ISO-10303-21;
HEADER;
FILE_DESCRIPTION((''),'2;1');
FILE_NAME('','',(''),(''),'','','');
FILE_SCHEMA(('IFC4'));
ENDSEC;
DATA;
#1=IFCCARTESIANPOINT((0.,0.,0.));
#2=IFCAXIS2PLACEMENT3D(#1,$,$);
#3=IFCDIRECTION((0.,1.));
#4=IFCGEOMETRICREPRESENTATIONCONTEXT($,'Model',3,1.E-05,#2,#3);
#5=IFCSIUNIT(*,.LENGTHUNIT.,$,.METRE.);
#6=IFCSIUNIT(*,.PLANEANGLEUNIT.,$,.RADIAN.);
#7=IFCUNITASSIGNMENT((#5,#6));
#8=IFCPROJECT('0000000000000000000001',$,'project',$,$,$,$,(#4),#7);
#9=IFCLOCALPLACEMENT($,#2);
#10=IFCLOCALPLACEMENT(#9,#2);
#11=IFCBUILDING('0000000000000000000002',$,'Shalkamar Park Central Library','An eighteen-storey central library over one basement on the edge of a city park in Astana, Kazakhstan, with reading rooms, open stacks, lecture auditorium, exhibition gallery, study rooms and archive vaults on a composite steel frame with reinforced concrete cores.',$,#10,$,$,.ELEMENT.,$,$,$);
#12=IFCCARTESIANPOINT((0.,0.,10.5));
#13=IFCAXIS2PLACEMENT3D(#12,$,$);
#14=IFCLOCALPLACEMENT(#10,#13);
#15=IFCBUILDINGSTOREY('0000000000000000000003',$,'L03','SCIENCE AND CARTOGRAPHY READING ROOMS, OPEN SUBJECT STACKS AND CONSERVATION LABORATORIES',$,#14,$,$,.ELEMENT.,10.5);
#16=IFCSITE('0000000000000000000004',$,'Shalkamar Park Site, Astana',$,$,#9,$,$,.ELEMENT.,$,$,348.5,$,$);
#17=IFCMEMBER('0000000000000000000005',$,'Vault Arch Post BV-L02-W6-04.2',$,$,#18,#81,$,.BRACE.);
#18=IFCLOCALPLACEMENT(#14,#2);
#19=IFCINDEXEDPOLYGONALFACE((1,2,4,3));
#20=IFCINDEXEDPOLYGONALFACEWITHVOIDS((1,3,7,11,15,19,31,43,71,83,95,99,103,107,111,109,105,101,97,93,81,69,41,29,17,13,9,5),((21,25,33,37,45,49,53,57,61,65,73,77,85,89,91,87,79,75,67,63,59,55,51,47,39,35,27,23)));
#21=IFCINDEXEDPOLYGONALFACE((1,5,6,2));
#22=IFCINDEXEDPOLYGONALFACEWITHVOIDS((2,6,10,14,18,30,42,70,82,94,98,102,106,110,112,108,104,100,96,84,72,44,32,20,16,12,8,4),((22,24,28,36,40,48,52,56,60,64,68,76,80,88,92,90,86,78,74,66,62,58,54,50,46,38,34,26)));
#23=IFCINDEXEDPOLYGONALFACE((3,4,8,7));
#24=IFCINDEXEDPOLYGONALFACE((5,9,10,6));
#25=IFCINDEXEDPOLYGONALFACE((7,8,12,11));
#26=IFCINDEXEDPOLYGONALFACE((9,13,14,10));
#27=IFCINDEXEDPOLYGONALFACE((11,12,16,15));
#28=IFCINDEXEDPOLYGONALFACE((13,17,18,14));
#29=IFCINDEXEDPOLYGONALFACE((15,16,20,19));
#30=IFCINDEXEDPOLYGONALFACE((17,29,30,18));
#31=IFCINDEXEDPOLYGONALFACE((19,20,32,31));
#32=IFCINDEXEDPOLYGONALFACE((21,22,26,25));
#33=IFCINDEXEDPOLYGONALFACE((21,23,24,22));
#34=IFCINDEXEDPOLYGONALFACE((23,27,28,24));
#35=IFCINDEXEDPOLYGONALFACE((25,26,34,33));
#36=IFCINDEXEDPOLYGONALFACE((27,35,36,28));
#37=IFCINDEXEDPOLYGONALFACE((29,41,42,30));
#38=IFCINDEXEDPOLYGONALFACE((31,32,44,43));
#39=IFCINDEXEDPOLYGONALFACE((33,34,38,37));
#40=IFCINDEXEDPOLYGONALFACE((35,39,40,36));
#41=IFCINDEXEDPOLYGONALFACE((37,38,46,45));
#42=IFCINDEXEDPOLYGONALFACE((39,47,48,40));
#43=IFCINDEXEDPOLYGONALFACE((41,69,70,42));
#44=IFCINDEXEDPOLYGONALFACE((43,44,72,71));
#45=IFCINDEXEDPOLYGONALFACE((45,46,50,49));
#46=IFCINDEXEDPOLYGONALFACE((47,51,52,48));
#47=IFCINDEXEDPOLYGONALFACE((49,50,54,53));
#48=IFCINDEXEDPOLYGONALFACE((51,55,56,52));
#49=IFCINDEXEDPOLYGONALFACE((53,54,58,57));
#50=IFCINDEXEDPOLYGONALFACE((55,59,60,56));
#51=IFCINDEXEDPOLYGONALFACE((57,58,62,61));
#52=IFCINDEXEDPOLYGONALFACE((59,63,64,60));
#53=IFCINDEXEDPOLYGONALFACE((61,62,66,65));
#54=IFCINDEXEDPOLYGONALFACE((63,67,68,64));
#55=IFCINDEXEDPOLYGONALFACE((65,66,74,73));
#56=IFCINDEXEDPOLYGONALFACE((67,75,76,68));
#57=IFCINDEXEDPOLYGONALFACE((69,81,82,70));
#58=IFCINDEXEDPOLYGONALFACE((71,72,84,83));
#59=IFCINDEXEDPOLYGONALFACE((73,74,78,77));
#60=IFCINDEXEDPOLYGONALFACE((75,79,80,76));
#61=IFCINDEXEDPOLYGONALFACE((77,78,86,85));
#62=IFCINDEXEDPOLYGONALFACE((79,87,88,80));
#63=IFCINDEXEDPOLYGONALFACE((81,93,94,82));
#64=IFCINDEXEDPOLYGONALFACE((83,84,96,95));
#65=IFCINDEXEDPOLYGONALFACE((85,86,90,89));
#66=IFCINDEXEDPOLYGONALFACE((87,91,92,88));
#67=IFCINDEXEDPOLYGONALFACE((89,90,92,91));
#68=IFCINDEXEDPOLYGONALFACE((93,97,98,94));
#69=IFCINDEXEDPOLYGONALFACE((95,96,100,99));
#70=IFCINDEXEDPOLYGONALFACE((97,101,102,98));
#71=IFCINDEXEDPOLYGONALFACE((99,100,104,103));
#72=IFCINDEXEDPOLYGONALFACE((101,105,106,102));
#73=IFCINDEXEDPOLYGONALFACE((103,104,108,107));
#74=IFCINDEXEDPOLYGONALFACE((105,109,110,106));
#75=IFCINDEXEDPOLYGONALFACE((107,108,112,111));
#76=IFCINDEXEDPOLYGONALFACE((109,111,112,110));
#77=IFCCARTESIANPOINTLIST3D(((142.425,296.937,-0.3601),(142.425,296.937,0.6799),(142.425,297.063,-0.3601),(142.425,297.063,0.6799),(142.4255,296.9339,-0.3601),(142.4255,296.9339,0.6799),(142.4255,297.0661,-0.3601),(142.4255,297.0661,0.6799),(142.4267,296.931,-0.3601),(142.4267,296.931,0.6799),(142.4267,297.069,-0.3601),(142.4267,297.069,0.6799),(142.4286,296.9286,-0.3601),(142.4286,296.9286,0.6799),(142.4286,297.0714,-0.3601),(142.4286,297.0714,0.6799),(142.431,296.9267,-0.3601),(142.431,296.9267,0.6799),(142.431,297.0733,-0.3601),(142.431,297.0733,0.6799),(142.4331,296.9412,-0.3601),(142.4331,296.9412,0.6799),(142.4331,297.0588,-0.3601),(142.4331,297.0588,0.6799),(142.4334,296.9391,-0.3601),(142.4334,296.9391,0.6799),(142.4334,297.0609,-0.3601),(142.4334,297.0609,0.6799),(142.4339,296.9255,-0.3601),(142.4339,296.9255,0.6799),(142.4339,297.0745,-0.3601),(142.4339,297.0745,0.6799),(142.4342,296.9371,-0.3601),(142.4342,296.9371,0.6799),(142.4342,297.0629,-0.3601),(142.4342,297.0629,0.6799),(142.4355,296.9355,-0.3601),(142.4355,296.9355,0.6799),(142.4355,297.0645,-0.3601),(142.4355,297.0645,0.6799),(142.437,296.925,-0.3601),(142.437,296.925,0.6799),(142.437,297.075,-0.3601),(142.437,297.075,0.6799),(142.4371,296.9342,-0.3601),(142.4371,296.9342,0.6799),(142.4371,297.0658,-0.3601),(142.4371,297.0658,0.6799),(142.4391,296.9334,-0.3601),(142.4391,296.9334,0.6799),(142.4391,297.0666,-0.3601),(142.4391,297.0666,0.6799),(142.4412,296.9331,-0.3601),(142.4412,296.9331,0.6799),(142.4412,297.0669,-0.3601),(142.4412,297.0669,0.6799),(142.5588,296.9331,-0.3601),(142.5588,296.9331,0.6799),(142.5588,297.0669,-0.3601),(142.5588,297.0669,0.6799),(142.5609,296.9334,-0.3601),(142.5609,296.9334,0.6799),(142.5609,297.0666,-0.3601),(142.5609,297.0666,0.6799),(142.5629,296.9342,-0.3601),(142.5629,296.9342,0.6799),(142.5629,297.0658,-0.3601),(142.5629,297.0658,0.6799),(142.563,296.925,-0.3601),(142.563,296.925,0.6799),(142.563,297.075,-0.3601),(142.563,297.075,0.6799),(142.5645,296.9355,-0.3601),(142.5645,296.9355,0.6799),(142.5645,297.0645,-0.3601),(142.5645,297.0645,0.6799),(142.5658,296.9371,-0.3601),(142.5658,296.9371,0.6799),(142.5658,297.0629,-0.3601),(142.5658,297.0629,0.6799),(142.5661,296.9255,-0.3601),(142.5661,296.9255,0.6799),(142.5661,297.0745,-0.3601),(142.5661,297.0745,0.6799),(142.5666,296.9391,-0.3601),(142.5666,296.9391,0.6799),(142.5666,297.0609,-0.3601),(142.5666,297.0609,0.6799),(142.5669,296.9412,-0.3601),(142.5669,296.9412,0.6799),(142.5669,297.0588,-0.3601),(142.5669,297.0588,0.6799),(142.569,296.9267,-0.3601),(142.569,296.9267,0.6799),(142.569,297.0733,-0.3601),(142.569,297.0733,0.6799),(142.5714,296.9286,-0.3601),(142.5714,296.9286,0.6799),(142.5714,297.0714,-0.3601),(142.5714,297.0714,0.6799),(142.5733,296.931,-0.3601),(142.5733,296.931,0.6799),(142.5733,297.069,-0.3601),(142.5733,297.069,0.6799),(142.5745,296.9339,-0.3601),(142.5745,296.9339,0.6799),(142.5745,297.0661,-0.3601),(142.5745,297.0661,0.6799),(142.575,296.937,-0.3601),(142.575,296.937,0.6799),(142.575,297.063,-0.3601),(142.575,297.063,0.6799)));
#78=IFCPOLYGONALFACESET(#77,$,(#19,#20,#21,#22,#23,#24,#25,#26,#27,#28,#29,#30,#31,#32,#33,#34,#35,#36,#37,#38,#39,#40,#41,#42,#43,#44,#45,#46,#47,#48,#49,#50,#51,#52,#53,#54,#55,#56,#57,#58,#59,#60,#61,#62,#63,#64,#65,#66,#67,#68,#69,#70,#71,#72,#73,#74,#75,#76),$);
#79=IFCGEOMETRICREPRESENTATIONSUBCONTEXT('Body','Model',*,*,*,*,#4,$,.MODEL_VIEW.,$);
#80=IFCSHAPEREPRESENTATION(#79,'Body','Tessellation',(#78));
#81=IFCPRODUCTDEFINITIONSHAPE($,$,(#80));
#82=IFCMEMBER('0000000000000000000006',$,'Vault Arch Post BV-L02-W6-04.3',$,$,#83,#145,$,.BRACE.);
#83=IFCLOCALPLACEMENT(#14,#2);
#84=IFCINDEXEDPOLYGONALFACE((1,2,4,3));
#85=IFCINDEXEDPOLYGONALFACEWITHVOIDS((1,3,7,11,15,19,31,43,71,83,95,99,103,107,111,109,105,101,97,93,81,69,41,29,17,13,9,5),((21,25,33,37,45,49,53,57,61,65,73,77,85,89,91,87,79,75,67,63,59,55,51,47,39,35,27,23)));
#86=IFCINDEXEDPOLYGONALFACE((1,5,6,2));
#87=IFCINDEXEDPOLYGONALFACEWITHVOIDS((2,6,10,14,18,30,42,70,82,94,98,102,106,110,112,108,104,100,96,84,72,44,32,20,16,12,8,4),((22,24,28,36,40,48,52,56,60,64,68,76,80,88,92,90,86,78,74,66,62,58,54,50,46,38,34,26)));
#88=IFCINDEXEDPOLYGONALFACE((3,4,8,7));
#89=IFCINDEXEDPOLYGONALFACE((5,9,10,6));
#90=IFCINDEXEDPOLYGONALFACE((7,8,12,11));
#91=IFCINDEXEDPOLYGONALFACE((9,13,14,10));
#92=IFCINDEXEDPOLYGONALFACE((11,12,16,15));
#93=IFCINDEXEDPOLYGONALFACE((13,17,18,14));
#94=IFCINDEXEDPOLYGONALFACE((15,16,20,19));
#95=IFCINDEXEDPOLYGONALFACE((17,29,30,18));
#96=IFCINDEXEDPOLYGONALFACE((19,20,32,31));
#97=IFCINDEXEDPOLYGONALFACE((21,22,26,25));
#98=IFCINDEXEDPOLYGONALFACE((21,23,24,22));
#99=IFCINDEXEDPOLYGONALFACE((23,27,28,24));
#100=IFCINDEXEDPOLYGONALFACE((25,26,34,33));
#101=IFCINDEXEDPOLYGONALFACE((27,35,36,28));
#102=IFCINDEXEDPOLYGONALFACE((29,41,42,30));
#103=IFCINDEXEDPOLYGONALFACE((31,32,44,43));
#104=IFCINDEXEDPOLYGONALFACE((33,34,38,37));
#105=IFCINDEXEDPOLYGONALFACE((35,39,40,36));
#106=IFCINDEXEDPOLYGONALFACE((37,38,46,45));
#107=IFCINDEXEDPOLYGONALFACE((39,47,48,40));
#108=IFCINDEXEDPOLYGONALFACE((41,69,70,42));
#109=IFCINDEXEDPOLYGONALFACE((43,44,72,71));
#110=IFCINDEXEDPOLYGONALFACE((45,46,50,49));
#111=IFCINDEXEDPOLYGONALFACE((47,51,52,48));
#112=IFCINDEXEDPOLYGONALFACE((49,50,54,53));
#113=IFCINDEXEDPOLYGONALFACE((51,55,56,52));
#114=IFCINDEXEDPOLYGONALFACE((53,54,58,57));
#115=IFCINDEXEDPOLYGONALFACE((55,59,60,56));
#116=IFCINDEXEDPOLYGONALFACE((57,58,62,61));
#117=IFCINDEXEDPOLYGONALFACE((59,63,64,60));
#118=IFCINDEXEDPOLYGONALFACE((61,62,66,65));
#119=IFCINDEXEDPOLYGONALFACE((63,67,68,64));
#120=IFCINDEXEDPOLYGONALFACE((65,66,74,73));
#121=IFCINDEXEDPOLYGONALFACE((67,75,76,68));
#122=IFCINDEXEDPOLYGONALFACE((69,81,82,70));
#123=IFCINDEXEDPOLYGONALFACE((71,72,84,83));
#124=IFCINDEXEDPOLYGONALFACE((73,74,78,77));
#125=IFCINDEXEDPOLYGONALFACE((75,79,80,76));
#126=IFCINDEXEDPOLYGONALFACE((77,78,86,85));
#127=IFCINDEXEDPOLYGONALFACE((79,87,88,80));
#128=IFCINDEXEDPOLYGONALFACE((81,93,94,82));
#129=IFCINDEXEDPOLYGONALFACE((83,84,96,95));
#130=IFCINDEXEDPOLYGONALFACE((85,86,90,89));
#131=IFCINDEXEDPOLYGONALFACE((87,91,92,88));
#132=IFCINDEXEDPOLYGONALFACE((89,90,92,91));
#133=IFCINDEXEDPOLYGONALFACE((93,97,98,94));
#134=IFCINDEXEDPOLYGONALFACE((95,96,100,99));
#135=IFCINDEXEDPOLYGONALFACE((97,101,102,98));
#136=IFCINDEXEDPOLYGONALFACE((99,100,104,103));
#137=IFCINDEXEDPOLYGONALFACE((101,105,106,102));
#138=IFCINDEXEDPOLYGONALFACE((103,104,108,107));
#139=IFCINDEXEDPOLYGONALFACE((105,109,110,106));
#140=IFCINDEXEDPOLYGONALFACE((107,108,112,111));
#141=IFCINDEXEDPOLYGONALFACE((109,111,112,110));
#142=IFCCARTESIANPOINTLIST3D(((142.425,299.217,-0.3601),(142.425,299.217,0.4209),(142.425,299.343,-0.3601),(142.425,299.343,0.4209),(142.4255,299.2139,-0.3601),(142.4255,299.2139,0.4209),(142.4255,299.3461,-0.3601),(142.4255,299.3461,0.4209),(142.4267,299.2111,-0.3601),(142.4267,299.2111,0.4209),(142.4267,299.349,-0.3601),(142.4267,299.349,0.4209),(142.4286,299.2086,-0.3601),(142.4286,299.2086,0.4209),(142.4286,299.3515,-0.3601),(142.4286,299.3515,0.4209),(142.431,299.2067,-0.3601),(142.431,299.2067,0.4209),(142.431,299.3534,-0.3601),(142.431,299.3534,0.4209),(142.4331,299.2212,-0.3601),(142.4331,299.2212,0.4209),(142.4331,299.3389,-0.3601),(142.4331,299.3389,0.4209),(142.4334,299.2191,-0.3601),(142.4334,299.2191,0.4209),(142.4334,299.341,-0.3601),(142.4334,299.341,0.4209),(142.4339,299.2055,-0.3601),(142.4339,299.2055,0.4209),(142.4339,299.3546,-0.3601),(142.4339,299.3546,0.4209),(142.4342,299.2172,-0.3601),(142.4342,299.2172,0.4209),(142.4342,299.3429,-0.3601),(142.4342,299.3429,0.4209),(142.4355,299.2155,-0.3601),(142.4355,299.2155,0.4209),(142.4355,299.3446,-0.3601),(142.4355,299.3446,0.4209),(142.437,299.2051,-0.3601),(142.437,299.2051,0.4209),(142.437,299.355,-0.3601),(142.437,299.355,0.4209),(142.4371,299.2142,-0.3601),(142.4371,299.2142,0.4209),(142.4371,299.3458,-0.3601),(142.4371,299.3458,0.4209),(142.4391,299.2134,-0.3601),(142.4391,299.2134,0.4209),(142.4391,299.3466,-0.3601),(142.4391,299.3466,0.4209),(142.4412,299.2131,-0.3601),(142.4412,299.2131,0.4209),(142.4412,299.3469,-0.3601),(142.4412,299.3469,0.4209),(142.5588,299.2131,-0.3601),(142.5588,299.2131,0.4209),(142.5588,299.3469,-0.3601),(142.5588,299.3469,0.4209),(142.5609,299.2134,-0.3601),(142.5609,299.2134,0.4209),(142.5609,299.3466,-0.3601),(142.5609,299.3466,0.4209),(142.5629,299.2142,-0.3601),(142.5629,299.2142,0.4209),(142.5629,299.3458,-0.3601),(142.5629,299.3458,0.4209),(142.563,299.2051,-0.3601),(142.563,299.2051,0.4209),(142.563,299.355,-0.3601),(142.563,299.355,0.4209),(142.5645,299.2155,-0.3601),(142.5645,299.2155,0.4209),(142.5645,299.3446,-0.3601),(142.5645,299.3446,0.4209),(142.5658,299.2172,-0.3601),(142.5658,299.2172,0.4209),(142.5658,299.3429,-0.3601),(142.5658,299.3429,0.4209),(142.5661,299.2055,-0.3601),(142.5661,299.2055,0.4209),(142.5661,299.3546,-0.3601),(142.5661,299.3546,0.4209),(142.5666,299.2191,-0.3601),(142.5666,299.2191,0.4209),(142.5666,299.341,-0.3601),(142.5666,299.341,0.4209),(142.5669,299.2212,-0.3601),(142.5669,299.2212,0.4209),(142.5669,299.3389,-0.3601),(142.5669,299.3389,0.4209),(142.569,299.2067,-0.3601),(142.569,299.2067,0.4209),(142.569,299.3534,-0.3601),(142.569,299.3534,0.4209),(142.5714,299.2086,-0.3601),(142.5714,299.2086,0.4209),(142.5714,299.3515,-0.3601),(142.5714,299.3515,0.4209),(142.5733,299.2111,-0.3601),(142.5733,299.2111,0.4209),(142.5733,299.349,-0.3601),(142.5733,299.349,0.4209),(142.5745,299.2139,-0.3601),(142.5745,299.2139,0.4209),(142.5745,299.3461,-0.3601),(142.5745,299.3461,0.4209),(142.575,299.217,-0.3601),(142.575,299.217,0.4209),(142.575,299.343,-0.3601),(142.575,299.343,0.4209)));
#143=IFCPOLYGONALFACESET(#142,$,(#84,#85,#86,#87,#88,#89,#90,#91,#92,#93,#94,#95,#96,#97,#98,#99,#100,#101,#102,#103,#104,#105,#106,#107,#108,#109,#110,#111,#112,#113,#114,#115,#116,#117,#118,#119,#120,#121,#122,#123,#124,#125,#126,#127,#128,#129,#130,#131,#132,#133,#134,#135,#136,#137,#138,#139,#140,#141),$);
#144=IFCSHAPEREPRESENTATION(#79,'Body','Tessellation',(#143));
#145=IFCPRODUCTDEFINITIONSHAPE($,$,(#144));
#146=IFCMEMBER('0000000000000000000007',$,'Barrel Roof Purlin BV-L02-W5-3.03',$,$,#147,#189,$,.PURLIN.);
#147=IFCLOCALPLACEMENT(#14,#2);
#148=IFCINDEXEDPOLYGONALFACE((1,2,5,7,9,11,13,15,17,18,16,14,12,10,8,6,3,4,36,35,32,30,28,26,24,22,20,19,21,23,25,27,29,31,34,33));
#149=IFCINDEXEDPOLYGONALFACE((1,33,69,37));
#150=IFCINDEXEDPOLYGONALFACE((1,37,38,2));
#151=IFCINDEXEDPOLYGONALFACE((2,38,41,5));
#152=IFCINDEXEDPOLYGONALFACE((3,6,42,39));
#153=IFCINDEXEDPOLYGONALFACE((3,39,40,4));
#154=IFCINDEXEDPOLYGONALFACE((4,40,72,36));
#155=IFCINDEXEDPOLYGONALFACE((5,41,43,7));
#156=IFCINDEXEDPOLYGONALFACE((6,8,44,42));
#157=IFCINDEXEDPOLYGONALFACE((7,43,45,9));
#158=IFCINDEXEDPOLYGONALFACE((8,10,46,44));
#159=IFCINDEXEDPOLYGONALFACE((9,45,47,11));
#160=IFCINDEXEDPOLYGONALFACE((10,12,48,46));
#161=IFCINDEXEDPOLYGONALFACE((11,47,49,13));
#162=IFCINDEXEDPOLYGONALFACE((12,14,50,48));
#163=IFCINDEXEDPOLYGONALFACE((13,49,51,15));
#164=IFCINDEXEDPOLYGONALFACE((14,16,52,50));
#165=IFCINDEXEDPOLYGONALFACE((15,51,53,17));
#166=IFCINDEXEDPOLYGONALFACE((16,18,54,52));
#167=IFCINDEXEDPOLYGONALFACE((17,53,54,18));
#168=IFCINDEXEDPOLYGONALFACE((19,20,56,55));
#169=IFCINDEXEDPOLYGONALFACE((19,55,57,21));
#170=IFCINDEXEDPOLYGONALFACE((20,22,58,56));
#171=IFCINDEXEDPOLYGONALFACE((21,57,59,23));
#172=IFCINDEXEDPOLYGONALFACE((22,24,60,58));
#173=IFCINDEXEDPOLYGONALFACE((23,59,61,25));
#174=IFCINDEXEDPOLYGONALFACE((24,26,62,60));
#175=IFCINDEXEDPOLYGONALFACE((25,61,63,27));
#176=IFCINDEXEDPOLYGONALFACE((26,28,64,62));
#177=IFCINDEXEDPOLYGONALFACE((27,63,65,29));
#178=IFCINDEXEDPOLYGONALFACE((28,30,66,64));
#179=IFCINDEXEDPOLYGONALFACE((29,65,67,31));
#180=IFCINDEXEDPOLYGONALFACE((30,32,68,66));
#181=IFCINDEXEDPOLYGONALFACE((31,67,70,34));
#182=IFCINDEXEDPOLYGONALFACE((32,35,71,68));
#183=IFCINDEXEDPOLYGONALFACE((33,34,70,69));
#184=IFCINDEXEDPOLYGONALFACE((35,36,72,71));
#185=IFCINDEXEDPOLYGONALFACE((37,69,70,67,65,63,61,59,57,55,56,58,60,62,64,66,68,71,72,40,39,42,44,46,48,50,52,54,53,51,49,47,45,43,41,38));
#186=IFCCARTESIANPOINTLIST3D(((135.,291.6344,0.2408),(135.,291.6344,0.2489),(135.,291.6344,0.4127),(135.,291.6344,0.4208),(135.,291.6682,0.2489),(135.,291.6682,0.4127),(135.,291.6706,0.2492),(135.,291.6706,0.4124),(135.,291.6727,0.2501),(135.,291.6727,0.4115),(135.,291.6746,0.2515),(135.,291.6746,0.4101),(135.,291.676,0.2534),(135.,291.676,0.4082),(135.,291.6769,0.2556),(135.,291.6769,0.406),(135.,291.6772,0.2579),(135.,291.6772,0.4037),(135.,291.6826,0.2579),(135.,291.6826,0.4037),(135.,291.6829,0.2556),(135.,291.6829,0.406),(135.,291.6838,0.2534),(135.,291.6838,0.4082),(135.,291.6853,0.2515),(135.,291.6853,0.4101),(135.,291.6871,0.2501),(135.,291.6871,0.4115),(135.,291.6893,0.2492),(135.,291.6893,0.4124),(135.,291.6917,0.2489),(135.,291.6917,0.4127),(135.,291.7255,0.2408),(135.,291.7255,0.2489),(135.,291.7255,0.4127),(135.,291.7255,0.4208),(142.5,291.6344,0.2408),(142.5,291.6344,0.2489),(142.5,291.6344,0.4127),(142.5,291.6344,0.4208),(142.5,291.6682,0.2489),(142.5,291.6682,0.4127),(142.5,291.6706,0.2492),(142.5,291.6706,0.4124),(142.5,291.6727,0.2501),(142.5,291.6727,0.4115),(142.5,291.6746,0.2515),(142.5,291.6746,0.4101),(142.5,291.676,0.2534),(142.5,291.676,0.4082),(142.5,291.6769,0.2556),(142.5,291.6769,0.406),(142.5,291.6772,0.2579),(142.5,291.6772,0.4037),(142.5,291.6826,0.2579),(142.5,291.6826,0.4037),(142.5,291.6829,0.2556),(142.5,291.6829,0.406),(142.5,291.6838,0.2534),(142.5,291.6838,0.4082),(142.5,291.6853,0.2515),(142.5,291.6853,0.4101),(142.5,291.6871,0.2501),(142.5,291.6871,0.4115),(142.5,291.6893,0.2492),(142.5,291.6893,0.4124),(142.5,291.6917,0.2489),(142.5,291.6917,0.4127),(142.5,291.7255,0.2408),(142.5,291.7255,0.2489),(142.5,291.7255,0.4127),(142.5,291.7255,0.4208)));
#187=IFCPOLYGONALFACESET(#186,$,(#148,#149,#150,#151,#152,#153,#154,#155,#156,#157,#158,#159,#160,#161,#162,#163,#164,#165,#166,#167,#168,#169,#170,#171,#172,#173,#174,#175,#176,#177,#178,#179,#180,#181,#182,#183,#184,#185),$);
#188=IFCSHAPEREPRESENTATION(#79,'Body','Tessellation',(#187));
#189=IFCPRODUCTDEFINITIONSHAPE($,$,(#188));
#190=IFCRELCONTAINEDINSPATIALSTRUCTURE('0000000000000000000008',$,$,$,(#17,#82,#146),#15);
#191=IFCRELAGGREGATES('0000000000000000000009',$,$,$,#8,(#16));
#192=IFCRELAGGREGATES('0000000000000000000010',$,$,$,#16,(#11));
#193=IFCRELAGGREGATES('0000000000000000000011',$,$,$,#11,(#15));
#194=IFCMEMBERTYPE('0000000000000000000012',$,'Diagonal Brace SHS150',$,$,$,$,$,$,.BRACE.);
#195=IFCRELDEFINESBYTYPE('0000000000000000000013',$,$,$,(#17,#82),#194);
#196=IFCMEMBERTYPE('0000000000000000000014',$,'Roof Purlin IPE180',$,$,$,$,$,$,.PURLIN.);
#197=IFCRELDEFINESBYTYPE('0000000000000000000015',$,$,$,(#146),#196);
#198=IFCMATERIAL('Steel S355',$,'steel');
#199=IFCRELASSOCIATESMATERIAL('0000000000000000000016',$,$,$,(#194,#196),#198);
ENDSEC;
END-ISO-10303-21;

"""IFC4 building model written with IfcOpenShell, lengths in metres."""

from ifc_helpers import new_model, si_unit, direction, frame, origin, origin_2d, place, context, subcontext, project, spatial, hollow_rectangle, i_section, extrude, material, material_profile, profile_set, type_object, element, save


model = new_model("IFC4")

# Units and contexts
model_context = context("Model", 3, precision=1e-05, world=origin(), true_north=direction((0.0, 1.0)))
body_context = subcontext(model_context, "Body", "Model", "MODEL_VIEW")
ifc_project = project(units=[si_unit("LENGTHUNIT", "METRE"), si_unit("PLANEANGLEUNIT", "RADIAN")], contexts=[model_context])

# Site, building, storey
site_placement = place(None, origin())
site = spatial("IfcSite", under=ifc_project, at=site_placement, Name="Shalkamar Park Site, Astana", CompositionType="ELEMENT", RefElevation=348.5)
building_placement = place(site_placement, origin())
building = spatial("IfcBuilding", under=site, at=building_placement, Name="Shalkamar Park Central Library", Description="An eighteen-storey central library over one basement on the edge of a city park in Astana, Kazakhstan, with reading rooms, open stacks, lecture auditorium, exhibition gallery, study rooms and archive vaults on a composite steel frame with reinforced concrete cores.", CompositionType="ELEMENT")
storey_placement = place(building_placement, frame((0.0, 0.0, 10.5)))
storey = spatial("IfcBuildingStorey", under=building, at=storey_placement, Name="L03", Description="SCIENCE AND CARTOGRAPHY READING ROOMS, OPEN SUBJECT STACKS AND CONSERVATION LABORATORIES", CompositionType="ELEMENT", Elevation=10.5)

# Members
ifc_material_1 = material(Name="Steel S355", Category="steel")
ifc_material_profile_1 = material_profile(ifc_material_1, hollow_rectangle(XDim=0.1499, YDim=0.1499, WallThickness=0.0081, InnerFilletRadius=0.0081, OuterFilletRadius=0.012, at=origin_2d()), Name="SHS 150x150x8")
ifc_profile_set_1 = profile_set([ifc_material_profile_1], Name="Steel S355")
member_type_1 = type_object("IfcMemberType", Name="Diagonal Brace SHS150", PredefinedType="BRACE", material=ifc_profile_set_1)
member_1_placement = place(storey_placement, frame((142.5, 297.0, -0.3601), z_axis=(0.0, 0.0, 1.0), x_axis=(1.0, 0.0, 0.0)))
element("IfcMember", 1, at=member_1_placement, inside=storey, type_object=member_type_1, Name="Vault Arch Post BV-L02-W6-04.2", PredefinedType="BRACE", context=body_context, shape_type="SweptSolid", body=[
    extrude(hollow_rectangle(XDim=0.1499, YDim=0.1499, WallThickness=0.0081, InnerFilletRadius=0.0081, OuterFilletRadius=0.012, at=origin_2d()), origin(), (0.0, 0.0, 1.0), 1.04),
])
member_2_placement = place(storey_placement, frame((142.5, 299.28, -0.3601), z_axis=(0.0, 0.0, 1.0), x_axis=(1.0, 0.0, 0.0)))
element("IfcMember", 2, at=member_2_placement, inside=storey, type_object=member_type_1, Name="Vault Arch Post BV-L02-W6-04.3", PredefinedType="BRACE", context=body_context, shape_type="SweptSolid", body=[
    extrude(hollow_rectangle(XDim=0.1499, YDim=0.1499, WallThickness=0.0081, InnerFilletRadius=0.0081, OuterFilletRadius=0.012, at=origin_2d()), origin(), (0.0, 0.0, 1.0), 0.781),
])
ifc_material_profile_2 = material_profile(ifc_material_1, i_section(OverallWidth=0.0911, OverallDepth=0.1799, WebThickness=0.0054, FlangeThickness=0.0081, FilletRadius=0.009, at=origin_2d()), Name="IPE 180")
ifc_profile_set_2 = profile_set([ifc_material_profile_2], Name="Steel S355")
member_type_2 = type_object("IfcMemberType", Name="Roof Purlin IPE180", PredefinedType="PURLIN", material=ifc_profile_set_2)
for number, where, z_axis, x_axis, name in (
    (3, (135.0, 291.6799, 0.3308), (1.0, 0.0, 0.0), (0.0, 1.0, 0.0), "Barrel Roof Purlin BV-L02-W5-3.03"),
):
    element("IfcMember", number, at=place(storey_placement, frame(where, z_axis=z_axis, x_axis=x_axis)), inside=storey, type_object=member_type_2, Name=name, PredefinedType="PURLIN", context=body_context, shape_type="SweptSolid", body=[
        extrude(i_section(OverallWidth=0.0911, OverallDepth=0.1799, WebThickness=0.0054, FlangeThickness=0.0081, FilletRadius=0.009, at=origin_2d()), origin(), (0.0, 0.0, 1.0), 7.5),
    ])

save(model, "model.ifc")
